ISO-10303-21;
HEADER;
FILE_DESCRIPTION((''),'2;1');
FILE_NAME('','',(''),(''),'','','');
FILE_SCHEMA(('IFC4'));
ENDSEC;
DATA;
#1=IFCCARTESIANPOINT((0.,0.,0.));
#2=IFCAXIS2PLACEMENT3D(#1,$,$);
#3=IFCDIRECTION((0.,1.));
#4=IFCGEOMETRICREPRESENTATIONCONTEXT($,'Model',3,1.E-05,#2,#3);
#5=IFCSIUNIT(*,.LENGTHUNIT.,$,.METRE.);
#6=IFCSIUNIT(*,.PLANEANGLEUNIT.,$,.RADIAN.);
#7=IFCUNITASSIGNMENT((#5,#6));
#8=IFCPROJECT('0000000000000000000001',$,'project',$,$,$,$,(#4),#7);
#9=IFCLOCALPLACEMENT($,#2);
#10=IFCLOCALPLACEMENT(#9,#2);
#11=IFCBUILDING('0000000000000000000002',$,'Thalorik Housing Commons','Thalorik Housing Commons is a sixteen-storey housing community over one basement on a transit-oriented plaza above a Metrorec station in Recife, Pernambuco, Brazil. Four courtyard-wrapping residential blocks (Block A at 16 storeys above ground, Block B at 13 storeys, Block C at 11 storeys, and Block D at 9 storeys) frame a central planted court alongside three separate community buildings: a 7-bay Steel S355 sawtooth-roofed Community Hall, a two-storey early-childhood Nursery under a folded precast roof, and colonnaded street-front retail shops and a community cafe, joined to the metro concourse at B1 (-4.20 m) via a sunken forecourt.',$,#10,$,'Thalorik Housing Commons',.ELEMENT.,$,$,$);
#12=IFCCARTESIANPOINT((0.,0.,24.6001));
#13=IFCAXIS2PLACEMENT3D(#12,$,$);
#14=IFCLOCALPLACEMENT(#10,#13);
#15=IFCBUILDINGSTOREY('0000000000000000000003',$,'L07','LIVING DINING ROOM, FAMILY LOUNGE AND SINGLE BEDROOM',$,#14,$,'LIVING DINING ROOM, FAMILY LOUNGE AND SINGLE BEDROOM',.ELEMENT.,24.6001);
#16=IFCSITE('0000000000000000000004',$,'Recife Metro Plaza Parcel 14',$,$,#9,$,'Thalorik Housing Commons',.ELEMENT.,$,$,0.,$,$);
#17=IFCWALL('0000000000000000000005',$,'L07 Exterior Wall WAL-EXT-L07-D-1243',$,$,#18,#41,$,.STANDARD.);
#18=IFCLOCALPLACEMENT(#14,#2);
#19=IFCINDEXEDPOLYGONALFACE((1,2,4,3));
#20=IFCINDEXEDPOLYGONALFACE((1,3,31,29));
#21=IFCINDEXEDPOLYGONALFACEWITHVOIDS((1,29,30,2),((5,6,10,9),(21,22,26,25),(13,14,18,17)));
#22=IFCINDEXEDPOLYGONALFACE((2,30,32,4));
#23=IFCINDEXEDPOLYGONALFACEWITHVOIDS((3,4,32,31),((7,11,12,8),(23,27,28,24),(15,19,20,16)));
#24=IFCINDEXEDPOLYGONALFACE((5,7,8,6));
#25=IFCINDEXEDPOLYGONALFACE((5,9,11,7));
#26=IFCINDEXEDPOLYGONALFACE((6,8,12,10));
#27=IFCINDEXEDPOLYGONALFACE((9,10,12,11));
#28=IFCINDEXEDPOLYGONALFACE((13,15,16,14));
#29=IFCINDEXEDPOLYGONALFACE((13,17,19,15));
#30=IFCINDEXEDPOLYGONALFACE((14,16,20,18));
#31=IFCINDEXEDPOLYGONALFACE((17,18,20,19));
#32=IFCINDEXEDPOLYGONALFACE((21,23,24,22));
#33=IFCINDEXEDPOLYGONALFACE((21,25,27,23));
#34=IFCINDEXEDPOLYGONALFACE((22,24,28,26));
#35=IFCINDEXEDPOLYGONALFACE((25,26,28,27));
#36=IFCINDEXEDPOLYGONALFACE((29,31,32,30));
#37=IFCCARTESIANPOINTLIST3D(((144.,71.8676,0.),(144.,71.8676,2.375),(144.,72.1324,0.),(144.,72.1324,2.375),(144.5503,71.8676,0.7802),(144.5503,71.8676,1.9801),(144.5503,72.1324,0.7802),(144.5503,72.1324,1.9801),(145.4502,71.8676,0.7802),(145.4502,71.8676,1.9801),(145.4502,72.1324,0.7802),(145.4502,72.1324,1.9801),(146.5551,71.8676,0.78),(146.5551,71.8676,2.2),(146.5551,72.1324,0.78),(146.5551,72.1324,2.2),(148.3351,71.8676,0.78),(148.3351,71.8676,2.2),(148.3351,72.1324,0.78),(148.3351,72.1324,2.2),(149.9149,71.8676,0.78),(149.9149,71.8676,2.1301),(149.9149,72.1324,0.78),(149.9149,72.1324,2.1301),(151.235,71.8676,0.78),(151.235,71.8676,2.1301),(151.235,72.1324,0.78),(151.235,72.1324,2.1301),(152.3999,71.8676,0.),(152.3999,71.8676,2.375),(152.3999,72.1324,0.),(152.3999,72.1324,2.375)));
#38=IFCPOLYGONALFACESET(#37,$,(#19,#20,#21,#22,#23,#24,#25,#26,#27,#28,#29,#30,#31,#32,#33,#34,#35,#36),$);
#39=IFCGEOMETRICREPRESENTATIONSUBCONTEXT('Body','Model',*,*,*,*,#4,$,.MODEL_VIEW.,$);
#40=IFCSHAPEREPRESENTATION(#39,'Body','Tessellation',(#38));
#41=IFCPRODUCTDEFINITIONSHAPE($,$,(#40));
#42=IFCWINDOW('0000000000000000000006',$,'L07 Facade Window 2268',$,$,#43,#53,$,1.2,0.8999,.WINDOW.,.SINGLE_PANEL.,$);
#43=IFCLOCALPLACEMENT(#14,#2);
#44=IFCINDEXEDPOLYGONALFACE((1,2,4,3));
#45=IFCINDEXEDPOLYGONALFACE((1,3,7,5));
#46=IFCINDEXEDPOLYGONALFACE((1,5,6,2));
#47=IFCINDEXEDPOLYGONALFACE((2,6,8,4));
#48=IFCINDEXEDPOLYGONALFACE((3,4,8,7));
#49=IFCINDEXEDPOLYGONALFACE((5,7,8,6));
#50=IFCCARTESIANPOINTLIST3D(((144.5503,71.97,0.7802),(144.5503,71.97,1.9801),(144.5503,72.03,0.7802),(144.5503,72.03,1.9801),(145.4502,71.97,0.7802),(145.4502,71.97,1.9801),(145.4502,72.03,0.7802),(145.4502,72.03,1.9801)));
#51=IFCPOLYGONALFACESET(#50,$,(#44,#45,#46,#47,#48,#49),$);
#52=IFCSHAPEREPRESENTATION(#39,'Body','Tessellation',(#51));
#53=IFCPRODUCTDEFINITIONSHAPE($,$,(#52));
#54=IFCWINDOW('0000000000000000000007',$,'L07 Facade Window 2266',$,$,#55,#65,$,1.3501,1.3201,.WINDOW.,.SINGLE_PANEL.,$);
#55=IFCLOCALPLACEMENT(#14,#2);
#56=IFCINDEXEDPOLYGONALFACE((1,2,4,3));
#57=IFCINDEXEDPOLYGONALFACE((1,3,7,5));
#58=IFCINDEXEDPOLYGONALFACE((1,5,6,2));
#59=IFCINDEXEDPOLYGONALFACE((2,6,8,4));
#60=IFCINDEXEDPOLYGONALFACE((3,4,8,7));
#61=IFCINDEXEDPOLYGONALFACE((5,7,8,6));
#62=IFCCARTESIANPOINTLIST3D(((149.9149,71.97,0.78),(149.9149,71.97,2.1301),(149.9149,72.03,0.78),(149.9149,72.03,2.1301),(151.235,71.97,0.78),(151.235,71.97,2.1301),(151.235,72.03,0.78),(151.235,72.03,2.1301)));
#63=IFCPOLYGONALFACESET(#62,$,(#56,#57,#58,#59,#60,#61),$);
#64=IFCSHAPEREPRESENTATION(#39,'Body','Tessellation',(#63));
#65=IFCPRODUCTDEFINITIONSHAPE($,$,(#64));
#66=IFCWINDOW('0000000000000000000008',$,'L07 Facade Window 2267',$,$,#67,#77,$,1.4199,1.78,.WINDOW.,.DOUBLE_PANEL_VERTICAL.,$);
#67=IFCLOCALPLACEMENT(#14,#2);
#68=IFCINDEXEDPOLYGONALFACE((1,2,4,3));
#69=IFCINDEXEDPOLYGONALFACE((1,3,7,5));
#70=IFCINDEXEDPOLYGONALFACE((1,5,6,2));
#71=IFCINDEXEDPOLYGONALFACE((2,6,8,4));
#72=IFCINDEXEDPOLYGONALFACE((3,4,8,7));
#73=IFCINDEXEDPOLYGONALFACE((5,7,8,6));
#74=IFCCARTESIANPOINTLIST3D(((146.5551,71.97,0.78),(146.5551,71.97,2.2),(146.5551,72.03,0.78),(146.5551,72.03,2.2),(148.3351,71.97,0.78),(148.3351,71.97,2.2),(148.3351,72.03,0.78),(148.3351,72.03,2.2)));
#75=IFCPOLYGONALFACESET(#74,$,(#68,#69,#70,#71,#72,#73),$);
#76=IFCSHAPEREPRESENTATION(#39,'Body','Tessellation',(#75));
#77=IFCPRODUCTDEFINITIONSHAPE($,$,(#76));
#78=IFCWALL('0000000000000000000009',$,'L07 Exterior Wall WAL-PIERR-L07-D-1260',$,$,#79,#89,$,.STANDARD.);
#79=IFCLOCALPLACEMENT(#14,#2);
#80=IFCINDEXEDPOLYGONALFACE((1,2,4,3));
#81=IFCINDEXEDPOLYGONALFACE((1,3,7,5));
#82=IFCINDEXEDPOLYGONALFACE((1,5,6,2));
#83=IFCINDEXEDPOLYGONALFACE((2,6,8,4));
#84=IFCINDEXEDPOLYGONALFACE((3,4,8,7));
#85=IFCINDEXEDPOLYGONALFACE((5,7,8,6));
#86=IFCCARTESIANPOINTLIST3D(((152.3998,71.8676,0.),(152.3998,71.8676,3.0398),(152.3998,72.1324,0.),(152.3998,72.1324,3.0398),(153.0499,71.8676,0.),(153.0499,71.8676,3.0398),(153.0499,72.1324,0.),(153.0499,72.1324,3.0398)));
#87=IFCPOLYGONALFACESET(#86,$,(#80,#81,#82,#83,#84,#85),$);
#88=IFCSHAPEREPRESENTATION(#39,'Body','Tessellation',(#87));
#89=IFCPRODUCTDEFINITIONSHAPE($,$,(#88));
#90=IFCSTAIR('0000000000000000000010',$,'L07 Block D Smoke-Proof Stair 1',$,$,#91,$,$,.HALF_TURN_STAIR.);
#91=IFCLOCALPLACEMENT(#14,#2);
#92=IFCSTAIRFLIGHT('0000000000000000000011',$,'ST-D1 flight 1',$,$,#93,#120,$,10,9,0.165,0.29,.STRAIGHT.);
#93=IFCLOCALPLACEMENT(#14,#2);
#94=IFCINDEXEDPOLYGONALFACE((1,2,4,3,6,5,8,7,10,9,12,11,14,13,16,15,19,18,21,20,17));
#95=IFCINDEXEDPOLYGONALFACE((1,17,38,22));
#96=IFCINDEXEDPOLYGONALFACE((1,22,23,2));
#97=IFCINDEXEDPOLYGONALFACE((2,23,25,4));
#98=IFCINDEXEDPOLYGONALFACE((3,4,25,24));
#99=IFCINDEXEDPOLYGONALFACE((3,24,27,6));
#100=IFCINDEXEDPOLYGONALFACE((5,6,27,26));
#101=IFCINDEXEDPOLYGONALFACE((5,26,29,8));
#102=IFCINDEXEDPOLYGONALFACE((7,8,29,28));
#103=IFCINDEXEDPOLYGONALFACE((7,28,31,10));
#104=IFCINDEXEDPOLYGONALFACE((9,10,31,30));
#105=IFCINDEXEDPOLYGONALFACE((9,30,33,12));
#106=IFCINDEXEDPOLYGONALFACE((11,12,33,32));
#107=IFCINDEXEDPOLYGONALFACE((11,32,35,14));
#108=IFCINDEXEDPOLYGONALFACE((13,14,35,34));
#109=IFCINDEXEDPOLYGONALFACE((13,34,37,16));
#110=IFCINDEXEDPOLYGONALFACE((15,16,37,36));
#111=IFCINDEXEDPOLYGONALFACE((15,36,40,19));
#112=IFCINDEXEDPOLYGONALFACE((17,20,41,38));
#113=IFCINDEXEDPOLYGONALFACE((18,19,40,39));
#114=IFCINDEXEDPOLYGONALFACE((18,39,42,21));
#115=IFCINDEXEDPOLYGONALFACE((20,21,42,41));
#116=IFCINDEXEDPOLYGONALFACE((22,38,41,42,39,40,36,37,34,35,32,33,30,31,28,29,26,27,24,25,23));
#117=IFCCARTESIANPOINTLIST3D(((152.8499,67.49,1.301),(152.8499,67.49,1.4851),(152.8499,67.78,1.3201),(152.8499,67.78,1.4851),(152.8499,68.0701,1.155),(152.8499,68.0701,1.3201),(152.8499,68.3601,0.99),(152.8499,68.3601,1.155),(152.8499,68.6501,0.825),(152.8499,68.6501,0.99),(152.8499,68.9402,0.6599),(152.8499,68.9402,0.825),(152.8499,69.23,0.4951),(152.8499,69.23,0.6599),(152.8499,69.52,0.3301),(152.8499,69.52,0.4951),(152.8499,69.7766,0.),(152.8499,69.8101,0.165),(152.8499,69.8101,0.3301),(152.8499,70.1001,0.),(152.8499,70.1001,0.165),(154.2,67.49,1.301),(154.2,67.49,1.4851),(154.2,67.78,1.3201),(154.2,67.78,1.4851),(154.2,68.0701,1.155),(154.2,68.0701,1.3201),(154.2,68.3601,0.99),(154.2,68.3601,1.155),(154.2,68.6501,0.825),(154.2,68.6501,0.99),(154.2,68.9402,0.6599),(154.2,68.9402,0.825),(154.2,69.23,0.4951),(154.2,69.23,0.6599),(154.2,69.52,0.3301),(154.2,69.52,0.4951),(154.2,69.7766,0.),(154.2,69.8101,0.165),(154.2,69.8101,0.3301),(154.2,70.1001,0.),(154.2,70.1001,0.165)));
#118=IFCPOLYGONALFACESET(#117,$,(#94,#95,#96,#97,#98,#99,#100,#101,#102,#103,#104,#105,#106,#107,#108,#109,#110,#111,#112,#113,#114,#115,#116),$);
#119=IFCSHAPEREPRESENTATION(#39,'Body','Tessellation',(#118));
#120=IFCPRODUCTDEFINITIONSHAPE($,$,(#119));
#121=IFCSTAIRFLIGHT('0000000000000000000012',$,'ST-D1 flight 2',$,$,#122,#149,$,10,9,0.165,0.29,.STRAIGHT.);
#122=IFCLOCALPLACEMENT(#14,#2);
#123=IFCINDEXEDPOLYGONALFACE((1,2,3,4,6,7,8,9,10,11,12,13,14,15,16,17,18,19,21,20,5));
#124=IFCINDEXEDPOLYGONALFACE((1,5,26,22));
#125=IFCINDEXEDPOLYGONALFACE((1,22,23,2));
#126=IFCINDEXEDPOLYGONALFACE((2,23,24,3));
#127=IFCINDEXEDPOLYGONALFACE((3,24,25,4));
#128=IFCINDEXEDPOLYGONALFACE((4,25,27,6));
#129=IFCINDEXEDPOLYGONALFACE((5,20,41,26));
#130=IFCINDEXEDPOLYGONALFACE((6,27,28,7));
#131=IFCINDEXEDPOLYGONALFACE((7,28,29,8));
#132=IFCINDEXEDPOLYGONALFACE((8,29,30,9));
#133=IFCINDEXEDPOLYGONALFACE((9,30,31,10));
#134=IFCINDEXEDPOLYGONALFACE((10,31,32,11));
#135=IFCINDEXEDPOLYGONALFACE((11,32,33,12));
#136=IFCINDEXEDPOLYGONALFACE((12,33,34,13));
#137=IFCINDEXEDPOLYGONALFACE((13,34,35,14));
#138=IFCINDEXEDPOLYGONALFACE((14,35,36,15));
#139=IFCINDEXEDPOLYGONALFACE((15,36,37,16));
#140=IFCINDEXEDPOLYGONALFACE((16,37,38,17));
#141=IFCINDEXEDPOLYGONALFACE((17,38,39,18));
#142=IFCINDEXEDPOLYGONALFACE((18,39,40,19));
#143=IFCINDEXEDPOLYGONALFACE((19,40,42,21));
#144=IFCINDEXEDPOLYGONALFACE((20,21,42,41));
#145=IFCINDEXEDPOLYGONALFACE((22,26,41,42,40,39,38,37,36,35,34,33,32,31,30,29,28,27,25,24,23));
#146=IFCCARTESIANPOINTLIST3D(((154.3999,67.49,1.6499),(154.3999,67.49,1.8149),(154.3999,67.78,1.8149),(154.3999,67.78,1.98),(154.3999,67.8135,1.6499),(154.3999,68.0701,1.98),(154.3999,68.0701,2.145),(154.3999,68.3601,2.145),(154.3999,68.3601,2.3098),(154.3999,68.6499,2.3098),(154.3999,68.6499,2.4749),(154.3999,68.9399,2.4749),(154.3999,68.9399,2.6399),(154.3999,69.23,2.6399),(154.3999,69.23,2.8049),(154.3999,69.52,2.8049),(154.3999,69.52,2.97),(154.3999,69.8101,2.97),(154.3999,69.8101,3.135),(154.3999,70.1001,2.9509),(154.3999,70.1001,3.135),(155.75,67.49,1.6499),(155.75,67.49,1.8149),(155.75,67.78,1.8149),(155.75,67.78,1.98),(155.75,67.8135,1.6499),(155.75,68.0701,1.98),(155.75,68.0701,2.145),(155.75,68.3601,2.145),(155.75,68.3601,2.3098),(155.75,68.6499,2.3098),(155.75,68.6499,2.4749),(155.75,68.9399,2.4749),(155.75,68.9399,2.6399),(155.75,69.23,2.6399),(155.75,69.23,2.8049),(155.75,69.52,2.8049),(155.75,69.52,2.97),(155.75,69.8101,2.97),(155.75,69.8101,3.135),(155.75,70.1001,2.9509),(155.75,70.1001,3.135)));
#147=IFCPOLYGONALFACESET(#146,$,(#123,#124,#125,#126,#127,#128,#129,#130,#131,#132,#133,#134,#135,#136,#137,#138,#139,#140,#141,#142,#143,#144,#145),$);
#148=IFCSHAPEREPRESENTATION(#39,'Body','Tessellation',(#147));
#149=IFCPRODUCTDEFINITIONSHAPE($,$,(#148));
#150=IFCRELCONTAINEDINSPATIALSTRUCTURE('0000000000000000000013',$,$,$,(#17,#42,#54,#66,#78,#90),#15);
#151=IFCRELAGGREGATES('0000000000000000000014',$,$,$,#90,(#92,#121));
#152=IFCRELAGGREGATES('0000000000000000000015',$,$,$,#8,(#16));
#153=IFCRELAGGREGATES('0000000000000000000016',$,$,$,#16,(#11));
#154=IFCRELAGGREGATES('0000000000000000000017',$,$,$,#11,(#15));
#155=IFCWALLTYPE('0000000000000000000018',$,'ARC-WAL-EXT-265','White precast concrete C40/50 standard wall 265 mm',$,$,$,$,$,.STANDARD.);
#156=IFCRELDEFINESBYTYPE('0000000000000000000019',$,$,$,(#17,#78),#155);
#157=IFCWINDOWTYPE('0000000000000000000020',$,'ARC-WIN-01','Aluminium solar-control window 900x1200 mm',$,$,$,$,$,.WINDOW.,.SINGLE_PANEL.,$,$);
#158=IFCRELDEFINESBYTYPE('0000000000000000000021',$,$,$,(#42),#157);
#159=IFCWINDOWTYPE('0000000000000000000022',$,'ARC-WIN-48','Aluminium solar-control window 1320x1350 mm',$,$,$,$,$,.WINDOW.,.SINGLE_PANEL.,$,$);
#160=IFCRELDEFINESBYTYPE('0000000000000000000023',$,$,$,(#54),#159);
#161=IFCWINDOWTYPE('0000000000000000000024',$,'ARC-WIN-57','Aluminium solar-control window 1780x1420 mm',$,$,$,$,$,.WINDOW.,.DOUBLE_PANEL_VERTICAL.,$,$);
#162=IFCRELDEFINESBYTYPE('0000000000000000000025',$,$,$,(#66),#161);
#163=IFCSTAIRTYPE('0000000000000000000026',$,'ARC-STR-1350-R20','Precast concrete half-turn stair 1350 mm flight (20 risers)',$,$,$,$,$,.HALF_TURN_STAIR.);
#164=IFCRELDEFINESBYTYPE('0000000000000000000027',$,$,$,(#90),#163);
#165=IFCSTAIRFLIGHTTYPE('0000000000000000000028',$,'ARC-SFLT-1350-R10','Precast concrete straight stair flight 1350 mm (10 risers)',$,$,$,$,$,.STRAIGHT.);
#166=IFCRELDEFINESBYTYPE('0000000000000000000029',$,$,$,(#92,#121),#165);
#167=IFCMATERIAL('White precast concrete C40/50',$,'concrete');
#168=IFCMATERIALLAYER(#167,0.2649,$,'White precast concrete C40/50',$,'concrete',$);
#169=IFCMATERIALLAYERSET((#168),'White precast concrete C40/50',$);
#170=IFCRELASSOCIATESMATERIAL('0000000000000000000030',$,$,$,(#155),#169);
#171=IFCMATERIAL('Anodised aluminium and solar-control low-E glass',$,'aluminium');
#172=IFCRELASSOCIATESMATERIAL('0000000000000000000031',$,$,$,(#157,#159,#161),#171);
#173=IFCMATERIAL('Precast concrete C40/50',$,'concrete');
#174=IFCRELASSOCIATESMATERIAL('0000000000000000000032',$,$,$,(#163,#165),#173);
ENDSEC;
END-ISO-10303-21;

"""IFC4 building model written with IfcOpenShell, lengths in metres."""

from ifc_helpers import new_model, si_unit, direction, frame, frame_2d, origin, place, context, subcontext, project, spatial, polyline, rectangle, outline, extrude, material, layer, layer_set, type_object, element, fill, aggregate, save


model = new_model("IFC4")

# Units and contexts
model_context = context("Model", 3, precision=1e-05, world=origin(), true_north=direction((0.0, 1.0)))
body_context = subcontext(model_context, "Body", "Model", "MODEL_VIEW")
ifc_project = project(units=[si_unit("LENGTHUNIT", "METRE"), si_unit("PLANEANGLEUNIT", "RADIAN")], contexts=[model_context])

# Site, building, storey
site_placement = place(None, origin())
site = spatial("IfcSite", under=ifc_project, at=site_placement, Name="Recife Metro Plaza Parcel 14", LongName="Thalorik Housing Commons", CompositionType="ELEMENT", RefElevation=0.0)
building_placement = place(site_placement, origin())
building = spatial("IfcBuilding", under=site, at=building_placement, Name="Thalorik Housing Commons", Description="Thalorik Housing Commons is a sixteen-storey housing community over one basement on a transit-oriented plaza above a Metrorec station in Recife, Pernambuco, Brazil. Four courtyard-wrapping residential blocks (Block A at 16 storeys above ground, Block B at 13 storeys, Block C at 11 storeys, and Block D at 9 storeys) frame a central planted court alongside three separate community buildings: a 7-bay Steel S355 sawtooth-roofed Community Hall, a two-storey early-childhood Nursery under a folded precast roof, and colonnaded street-front retail shops and a community cafe, joined to the metro concourse at B1 (-4.20 m) via a sunken forecourt.", LongName="Thalorik Housing Commons", CompositionType="ELEMENT")
storey_placement = place(building_placement, frame((0.0, 0.0, 24.6001)))
storey = spatial("IfcBuildingStorey", under=building, at=storey_placement, Name="L07", Description="LIVING DINING ROOM, FAMILY LOUNGE AND SINGLE BEDROOM", LongName="LIVING DINING ROOM, FAMILY LOUNGE AND SINGLE BEDROOM", CompositionType="ELEMENT", Elevation=24.6001)

# Shared definitions
ifc_material_1 = material(Name="Precast concrete C40/50", Category="concrete")

# Shared definitions
ifc_material_2 = material(Name="Anodised aluminium and solar-control low-E glass", Category="aluminium")

# Wall, openings, windows
ifc_material_3 = material(Name="White precast concrete C40/50", Category="concrete")
ifc_layer_1 = layer(ifc_material_3, 0.2649, Name="White precast concrete C40/50", Category="concrete")
ifc_layer_set_1 = layer_set([ifc_layer_1], Name="White precast concrete C40/50")
wall_type_1 = type_object("IfcWallType", Name="ARC-WAL-EXT-265", Description="White precast concrete C40/50 standard wall 265 mm", PredefinedType="STANDARD", material=ifc_layer_set_1)
wall_1_placement = place(storey_placement, frame((152.3999, 72.0, 0.0), z_axis=(0.0, 0.0, 1.0), x_axis=(-1.0, 0.0, 0.0)))
wall_1 = element("IfcWall", 1, at=wall_1_placement, inside=storey, type_object=wall_type_1, Name="L07 Exterior Wall WAL-EXT-L07-D-1243", PredefinedType="STANDARD", context=body_context, shape_type="SweptSolid", body=[
    extrude(rectangle(XDim=8.3999, YDim=0.2649, at=frame_2d((4.2, 0.0))), origin(), (0.0, 0.0, 1.0), 2.375),
])
opening_1_placement = place(wall_1_placement, frame((1.1648, 0.0, 0.78)))
opening_1 = element("IfcOpeningElement", 2, at=opening_1_placement, cuts=wall_1, PredefinedType="OPENING", context=body_context, shape_type="SweptSolid", body=[
    extrude(rectangle(XDim=1.3201, YDim=1.3501, at=frame_2d((0.6602, 0.675))), frame((0.0, 0.1426, 0.0), z_axis=(0.0, -1.0, 0.0), x_axis=(1.0, 0.0, 0.0)), (0.0, 0.0, 1.0), 0.2849),
])
opening_2_placement = place(wall_1_placement, frame((4.0647, 0.0, 0.78)))
opening_2 = element("IfcOpeningElement", 3, at=opening_2_placement, cuts=wall_1, PredefinedType="OPENING", context=body_context, shape_type="SweptSolid", body=[
    extrude(rectangle(XDim=1.78, YDim=1.4199, at=frame_2d((0.8901, 0.71))), frame((0.0, 0.1426, 0.0), z_axis=(0.0, -1.0, 0.0), x_axis=(1.0, 0.0, 0.0)), (0.0, 0.0, 1.0), 0.2849),
])
opening_3_placement = place(wall_1_placement, frame((6.9497, 0.0, 0.78)))
opening_3 = element("IfcOpeningElement", 4, at=opening_3_placement, cuts=wall_1, PredefinedType="OPENING", context=body_context, shape_type="SweptSolid", body=[
    extrude(rectangle(XDim=0.8999, YDim=1.2, at=frame_2d((0.45, 0.6001))), frame((0.0, 0.1426, 0.0), z_axis=(0.0, -1.0, 0.0), x_axis=(1.0, 0.0, 0.0)), (0.0, 0.0, 1.0), 0.2849),
])
window_type_1 = type_object("IfcWindowType", Name="ARC-WIN-01", Description="Aluminium solar-control window 900x1200 mm", PartitioningType="SINGLE_PANEL", PredefinedType="WINDOW", material=ifc_material_2)
window_1_placement = place(opening_3_placement, origin())
window_1 = element("IfcWindow", 5, at=window_1_placement, inside=storey, type_object=window_type_1, Name="L07 Facade Window 2268", OverallHeight=1.2, OverallWidth=0.8999, PartitioningType="SINGLE_PANEL", PredefinedType="WINDOW", context=body_context, shape_type="SweptSolid", body=[
    extrude(rectangle(XDim=0.8999, YDim=1.2, at=frame_2d((0.45, 0.6001))), frame((0.0, 0.03, 0.0), z_axis=(0.0, -1.0, 0.0), x_axis=(1.0, 0.0, 0.0)), (0.0, 0.0, 1.0), 0.0601),
])
fill(opening_3, window_1)
window_type_2 = type_object("IfcWindowType", Name="ARC-WIN-48", Description="Aluminium solar-control window 1320x1350 mm", PartitioningType="SINGLE_PANEL", PredefinedType="WINDOW", material=ifc_material_2)
window_2_placement = place(opening_1_placement, origin())
window_2 = element("IfcWindow", 6, at=window_2_placement, inside=storey, type_object=window_type_2, Name="L07 Facade Window 2266", OverallHeight=1.3501, OverallWidth=1.3201, PartitioningType="SINGLE_PANEL", PredefinedType="WINDOW", context=body_context, shape_type="SweptSolid", body=[
    extrude(rectangle(XDim=1.3201, YDim=1.3501, at=frame_2d((0.6602, 0.675))), frame((0.0, 0.03, 0.0), z_axis=(0.0, -1.0, 0.0), x_axis=(1.0, 0.0, 0.0)), (0.0, 0.0, 1.0), 0.0601),
])
fill(opening_1, window_2)
window_type_3 = type_object("IfcWindowType", Name="ARC-WIN-57", Description="Aluminium solar-control window 1780x1420 mm", PartitioningType="DOUBLE_PANEL_VERTICAL", PredefinedType="WINDOW", material=ifc_material_2)
window_3_placement = place(opening_2_placement, origin())
window_3 = element("IfcWindow", 7, at=window_3_placement, inside=storey, type_object=window_type_3, Name="L07 Facade Window 2267", OverallHeight=1.4199, OverallWidth=1.78, PartitioningType="DOUBLE_PANEL_VERTICAL", PredefinedType="WINDOW", context=body_context, shape_type="SweptSolid", body=[
    extrude(rectangle(XDim=1.78, YDim=1.4199, at=frame_2d((0.8901, 0.71))), frame((0.0, 0.03, 0.0), z_axis=(0.0, -1.0, 0.0), x_axis=(1.0, 0.0, 0.0)), (0.0, 0.0, 1.0), 0.0601),
])
fill(opening_2, window_3)

# Wall
wall_2_placement = place(storey_placement, frame((153.05, 72.0, 0.0), z_axis=(0.0, 0.0, 1.0), x_axis=(-1.0, 0.0, 0.0)))
element("IfcWall", 8, at=wall_2_placement, inside=storey, type_object=wall_type_1, Name="L07 Exterior Wall WAL-PIERR-L07-D-1260", PredefinedType="STANDARD", context=body_context, shape_type="SweptSolid", body=[
    extrude(rectangle(XDim=0.6501, YDim=0.2649, at=frame_2d((0.3252, 0.0))), origin(), (0.0, 0.0, 1.0), 3.0398),
])

# Stair, stair flights
stair_type = type_object("IfcStairType", Name="ARC-STR-1350-R20", Description="Precast concrete half-turn stair 1350 mm flight (20 risers)", PredefinedType="HALF_TURN_STAIR", material=ifc_material_1)
stair_placement = place(storey_placement, origin())
stair = element("IfcStair", 9, at=stair_placement, inside=storey, type_object=stair_type, Name="L07 Block D Smoke-Proof Stair 1", PredefinedType="HALF_TURN_STAIR")
stair_flight_type = type_object("IfcStairFlightType", Name="ARC-SFLT-1350-R10", Description="Precast concrete straight stair flight 1350 mm (10 risers)", PredefinedType="STRAIGHT", material=ifc_material_1)
stair_flight_1_placement = place(storey_placement, frame((153.5249, 70.1001, 0.0), z_axis=(0.0, 0.0, 1.0), x_axis=(0.0, -1.0, 0.0)))
stair_flight_1 = element("IfcStairFlight", 10, at=stair_flight_1_placement, type_object=stair_flight_type, Name="ST-D1 flight 1", NumberOfRisers=10, NumberOfTreads=9, PredefinedType="STRAIGHT", RiserHeight=0.165, TreadLength=0.29, context=body_context, shape_type="SweptSolid", body=[
    extrude(outline(polyline([(0.0, 0.0), (0.0, 0.165), (0.29, 0.165), (0.29, 0.3301), (0.5801, 0.3301), (0.5801, 0.4951), (0.8701, 0.4951), (0.8701, 0.6599), (1.1599, 0.6599), (1.1599, 0.825), (1.45, 0.825), (1.45, 0.99), (1.74, 0.99), (1.74, 1.155), (2.03, 1.155), (2.03, 1.3201), (2.3201, 1.3201), (2.3201, 1.4851), (2.6101, 1.4851), (2.6101, 1.6499), (2.6101, 1.301), (0.3235, 0.0), (0.0, 0.0)])), frame((0.0, 0.675, 0.0), z_axis=(0.0, -1.0, 0.0), x_axis=(1.0, 0.0, 0.0)), (0.0, 0.0, 1.0), 1.3501),
])
stair_flight_2_placement = place(storey_placement, frame((155.075, 67.49, 1.6499), z_axis=(0.0, 0.0, 1.0), x_axis=(0.0, 1.0, 0.0)))
stair_flight_2 = element("IfcStairFlight", 11, at=stair_flight_2_placement, type_object=stair_flight_type, Name="ST-D1 flight 2", NumberOfRisers=10, NumberOfTreads=9, PredefinedType="STRAIGHT", RiserHeight=0.165, TreadLength=0.29, context=body_context, shape_type="SweptSolid", body=[
    extrude(outline(polyline([(0.0, 0.0), (0.0, 0.165), (0.29, 0.165), (0.29, 0.3301), (0.5801, 0.3301), (0.5801, 0.4951), (0.8701, 0.4951), (0.8701, 0.6599), (1.1599, 0.6599), (1.1599, 0.825), (1.45, 0.825), (1.45, 0.99), (1.74, 0.99), (1.74, 1.155), (2.03, 1.155), (2.03, 1.3201), (2.3201, 1.3201), (2.3201, 1.4851), (2.6101, 1.4851), (2.6101, 1.6499), (2.6101, 1.301), (0.3235, 0.0), (0.0, 0.0)])), frame((0.0, 0.675, 0.0), z_axis=(0.0, -1.0, 0.0), x_axis=(1.0, 0.0, 0.0)), (0.0, 0.0, 1.0), 1.3501),
])
aggregate(stair, [stair_flight_1, stair_flight_2])

save(model, "model.ifc")
